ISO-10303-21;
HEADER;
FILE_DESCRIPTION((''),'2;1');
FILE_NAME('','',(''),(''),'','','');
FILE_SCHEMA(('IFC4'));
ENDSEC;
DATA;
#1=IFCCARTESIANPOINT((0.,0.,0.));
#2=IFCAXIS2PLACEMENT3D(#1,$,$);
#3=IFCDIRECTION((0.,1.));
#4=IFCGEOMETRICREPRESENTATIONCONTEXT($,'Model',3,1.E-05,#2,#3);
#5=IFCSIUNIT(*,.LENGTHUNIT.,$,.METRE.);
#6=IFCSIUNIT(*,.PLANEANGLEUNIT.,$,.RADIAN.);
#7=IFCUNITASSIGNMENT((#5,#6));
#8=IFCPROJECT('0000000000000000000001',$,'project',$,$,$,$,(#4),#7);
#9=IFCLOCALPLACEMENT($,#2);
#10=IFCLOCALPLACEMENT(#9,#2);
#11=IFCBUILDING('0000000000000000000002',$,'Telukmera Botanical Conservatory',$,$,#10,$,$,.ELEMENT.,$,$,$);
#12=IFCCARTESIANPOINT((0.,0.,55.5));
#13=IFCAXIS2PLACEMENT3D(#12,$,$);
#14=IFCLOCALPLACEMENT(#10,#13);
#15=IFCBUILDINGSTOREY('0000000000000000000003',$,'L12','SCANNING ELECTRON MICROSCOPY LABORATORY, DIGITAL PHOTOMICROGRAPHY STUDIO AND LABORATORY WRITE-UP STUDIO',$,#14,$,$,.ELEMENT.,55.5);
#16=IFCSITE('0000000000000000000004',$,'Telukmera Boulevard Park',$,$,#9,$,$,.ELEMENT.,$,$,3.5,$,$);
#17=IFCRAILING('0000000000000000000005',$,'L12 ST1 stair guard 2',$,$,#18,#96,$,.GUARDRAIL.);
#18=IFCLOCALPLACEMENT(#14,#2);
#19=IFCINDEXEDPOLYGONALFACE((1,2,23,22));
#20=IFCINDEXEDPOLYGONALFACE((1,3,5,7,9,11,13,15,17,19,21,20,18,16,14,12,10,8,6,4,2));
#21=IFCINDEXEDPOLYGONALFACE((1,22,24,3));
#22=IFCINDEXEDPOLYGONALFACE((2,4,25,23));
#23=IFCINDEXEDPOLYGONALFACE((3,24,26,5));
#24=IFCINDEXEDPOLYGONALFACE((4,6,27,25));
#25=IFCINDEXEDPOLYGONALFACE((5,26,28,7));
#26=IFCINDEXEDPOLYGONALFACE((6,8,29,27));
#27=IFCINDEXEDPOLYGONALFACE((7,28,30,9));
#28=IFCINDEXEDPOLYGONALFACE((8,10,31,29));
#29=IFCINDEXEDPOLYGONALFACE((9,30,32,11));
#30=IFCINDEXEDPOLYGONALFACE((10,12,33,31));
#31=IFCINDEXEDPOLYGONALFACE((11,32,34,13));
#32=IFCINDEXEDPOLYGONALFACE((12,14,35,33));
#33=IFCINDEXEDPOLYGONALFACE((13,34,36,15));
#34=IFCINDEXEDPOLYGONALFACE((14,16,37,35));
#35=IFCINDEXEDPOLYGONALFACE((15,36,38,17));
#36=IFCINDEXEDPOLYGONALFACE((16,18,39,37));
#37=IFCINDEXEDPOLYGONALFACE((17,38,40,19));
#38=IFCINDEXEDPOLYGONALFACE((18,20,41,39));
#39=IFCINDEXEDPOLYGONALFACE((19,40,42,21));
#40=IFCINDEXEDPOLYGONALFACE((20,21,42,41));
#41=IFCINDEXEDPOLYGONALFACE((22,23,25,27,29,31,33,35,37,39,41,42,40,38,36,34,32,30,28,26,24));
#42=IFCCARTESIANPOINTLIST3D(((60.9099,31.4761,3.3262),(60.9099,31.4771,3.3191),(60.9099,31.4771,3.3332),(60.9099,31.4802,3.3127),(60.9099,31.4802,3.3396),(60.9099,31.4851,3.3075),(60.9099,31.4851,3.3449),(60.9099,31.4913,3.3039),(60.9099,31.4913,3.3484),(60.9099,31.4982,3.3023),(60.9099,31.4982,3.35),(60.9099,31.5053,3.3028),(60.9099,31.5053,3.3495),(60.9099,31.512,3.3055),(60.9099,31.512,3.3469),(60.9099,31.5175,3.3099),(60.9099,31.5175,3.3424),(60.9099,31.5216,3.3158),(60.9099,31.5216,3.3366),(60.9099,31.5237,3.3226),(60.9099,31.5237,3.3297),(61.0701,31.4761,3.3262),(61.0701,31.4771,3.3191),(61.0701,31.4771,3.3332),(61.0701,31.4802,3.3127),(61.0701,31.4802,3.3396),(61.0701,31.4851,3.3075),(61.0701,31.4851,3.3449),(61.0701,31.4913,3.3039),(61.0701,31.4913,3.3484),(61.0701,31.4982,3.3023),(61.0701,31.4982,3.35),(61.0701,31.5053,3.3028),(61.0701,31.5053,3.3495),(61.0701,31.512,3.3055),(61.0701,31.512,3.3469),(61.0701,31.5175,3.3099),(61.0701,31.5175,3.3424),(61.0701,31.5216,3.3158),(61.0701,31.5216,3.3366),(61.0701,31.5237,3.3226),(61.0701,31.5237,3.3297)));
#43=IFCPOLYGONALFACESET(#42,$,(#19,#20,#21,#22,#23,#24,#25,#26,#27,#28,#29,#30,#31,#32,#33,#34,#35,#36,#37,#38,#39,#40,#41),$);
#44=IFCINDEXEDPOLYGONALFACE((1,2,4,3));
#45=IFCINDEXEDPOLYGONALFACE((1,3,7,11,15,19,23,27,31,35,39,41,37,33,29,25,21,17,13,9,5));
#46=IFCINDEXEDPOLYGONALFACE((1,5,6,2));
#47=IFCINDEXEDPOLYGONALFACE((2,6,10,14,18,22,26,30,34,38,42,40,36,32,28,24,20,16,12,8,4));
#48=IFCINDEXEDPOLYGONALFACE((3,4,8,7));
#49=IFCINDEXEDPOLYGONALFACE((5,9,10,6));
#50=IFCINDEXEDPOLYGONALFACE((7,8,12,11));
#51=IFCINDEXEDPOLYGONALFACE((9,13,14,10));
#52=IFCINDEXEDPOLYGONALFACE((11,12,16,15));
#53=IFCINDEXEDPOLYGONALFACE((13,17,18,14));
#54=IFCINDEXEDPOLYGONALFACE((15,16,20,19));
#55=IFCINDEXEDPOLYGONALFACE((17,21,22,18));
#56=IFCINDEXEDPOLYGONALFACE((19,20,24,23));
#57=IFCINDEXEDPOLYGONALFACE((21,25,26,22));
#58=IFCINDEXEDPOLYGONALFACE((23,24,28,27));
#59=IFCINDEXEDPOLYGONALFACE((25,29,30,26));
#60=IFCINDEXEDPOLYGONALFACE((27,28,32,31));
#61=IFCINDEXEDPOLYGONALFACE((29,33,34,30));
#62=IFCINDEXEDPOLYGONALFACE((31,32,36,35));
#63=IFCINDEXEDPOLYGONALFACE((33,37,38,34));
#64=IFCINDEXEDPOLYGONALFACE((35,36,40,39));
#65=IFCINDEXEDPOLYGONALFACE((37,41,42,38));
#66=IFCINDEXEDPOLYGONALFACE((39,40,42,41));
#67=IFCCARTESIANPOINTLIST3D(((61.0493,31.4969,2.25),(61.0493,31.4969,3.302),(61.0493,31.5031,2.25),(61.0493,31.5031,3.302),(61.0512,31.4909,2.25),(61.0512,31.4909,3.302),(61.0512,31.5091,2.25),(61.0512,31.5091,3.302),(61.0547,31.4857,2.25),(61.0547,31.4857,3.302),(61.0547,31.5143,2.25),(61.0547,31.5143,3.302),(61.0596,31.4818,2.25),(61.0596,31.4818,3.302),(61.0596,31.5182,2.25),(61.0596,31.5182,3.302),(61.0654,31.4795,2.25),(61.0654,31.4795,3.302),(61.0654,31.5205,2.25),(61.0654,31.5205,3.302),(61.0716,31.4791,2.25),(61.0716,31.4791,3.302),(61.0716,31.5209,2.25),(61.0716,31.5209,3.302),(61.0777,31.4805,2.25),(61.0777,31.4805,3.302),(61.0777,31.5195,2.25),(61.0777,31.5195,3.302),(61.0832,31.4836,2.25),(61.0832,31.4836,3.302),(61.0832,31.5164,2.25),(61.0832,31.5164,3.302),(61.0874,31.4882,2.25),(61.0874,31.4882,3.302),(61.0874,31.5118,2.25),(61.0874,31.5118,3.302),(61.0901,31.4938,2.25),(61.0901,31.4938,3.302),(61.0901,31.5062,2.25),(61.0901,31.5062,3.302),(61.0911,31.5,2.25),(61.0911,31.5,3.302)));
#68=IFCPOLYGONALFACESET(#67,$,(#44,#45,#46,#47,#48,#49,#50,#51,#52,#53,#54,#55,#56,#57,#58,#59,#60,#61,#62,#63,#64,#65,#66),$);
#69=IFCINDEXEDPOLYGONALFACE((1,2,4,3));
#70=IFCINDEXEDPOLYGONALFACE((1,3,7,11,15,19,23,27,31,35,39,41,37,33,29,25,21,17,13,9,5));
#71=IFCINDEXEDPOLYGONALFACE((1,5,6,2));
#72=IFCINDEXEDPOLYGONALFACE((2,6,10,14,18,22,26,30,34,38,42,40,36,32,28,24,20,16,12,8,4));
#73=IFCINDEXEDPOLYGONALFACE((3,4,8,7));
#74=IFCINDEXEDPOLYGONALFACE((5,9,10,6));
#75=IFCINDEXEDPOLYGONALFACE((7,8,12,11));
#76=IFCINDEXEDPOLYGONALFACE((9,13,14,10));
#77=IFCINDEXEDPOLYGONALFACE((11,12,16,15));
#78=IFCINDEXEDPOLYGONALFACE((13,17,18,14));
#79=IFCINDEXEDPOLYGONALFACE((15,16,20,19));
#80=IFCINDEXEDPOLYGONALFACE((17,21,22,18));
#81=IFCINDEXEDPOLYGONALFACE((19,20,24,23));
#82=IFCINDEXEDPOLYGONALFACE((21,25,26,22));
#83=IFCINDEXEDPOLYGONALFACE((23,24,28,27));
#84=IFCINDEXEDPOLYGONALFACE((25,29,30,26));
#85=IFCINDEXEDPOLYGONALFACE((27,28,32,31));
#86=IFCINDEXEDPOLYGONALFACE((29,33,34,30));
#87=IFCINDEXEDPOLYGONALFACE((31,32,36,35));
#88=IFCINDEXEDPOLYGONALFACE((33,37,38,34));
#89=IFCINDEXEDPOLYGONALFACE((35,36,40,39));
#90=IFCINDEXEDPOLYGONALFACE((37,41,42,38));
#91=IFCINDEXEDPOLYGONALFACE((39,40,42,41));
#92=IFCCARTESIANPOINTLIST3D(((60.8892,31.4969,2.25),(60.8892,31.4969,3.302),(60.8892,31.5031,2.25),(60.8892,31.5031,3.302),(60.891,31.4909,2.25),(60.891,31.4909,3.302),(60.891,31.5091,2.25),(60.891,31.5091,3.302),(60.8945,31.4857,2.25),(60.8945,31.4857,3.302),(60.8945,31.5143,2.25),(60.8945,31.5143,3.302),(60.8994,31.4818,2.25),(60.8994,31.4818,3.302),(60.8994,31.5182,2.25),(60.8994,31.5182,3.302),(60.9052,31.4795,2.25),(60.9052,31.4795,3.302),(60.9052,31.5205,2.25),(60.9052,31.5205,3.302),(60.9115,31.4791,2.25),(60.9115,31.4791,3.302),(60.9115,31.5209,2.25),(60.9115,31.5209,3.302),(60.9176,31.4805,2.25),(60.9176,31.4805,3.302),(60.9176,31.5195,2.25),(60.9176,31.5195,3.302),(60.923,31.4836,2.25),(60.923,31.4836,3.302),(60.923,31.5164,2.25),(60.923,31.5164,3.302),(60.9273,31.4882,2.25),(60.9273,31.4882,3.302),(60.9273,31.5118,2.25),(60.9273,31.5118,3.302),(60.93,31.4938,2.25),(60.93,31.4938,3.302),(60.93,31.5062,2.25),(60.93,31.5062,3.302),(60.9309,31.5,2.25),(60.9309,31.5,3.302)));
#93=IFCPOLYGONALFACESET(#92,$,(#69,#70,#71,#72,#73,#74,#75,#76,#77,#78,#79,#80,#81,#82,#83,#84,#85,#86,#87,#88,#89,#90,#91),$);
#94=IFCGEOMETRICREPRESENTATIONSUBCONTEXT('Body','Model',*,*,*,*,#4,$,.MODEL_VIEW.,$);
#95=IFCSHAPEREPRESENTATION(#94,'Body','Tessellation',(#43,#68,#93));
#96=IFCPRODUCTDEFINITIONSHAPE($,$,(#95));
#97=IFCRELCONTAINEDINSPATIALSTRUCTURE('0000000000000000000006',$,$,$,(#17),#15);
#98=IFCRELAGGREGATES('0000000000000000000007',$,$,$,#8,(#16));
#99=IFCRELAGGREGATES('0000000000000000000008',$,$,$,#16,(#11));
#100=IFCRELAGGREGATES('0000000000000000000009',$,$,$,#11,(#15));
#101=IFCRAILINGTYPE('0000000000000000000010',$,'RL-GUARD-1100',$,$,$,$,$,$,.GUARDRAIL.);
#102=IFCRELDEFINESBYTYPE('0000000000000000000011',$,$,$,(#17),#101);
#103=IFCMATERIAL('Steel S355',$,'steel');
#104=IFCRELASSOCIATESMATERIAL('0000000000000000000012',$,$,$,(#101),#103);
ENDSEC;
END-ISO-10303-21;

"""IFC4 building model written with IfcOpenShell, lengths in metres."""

from ifc_helpers import new_model, si_unit, direction, frame, origin, origin_2d, place, context, subcontext, project, spatial, circle, extrude, material, type_object, element, save


model = new_model("IFC4")

# Units and contexts
model_context = context("Model", 3, precision=1e-05, world=origin(), true_north=direction((0.0, 1.0)))
body_context = subcontext(model_context, "Body", "Model", "MODEL_VIEW")
ifc_project = project(units=[si_unit("LENGTHUNIT", "METRE"), si_unit("PLANEANGLEUNIT", "RADIAN")], contexts=[model_context])

# Site, building, storey
site_placement = place(None, origin())
site = spatial("IfcSite", under=ifc_project, at=site_placement, Name="Telukmera Boulevard Park", CompositionType="ELEMENT", RefElevation=3.5)
building_placement = place(site_placement, origin())
building = spatial("IfcBuilding", under=site, at=building_placement, Name="Telukmera Botanical Conservatory", CompositionType="ELEMENT")
storey_placement = place(building_placement, frame((0.0, 0.0, 55.5)))
storey = spatial("IfcBuildingStorey", under=building, at=storey_placement, Name="L12", Description="SCANNING ELECTRON MICROSCOPY LABORATORY, DIGITAL PHOTOMICROGRAPHY STUDIO AND LABORATORY WRITE-UP STUDIO", CompositionType="ELEMENT", Elevation=55.5)

# Railing
ifc_material_1 = material(Name="Steel S355", Category="steel")
railing_type_1 = type_object("IfcRailingType", Name="RL-GUARD-1100", PredefinedType="GUARDRAIL", material=ifc_material_1)
railing_1_placement = place(storey_placement, frame((61.0701, 31.5, 2.25)))
element("IfcRailing", 1, at=railing_1_placement, inside=storey, type_object=railing_type_1, Name="L12 ST1 stair guard 2", PredefinedType="GUARDRAIL", context=body_context, shape_type="SweptSolid", body=[
    extrude(circle(Radius=0.0239, at=origin_2d()), frame((0.0, 0.0, 1.0762), z_axis=(-1.0, 0.0, 0.0), x_axis=(0.0, -1.0, 0.0)), (0.0, 0.0, 1.0), 0.1602),
    extrude(circle(Radius=0.021, at=origin_2d()), origin(), (0.0, 0.0, 1.0), 1.052),
    extrude(circle(Radius=0.021, at=origin_2d()), frame((-0.1602, 0.0, 0.0)), (0.0, 0.0, 1.0), 1.052),
])

save(model, "model.ifc")
